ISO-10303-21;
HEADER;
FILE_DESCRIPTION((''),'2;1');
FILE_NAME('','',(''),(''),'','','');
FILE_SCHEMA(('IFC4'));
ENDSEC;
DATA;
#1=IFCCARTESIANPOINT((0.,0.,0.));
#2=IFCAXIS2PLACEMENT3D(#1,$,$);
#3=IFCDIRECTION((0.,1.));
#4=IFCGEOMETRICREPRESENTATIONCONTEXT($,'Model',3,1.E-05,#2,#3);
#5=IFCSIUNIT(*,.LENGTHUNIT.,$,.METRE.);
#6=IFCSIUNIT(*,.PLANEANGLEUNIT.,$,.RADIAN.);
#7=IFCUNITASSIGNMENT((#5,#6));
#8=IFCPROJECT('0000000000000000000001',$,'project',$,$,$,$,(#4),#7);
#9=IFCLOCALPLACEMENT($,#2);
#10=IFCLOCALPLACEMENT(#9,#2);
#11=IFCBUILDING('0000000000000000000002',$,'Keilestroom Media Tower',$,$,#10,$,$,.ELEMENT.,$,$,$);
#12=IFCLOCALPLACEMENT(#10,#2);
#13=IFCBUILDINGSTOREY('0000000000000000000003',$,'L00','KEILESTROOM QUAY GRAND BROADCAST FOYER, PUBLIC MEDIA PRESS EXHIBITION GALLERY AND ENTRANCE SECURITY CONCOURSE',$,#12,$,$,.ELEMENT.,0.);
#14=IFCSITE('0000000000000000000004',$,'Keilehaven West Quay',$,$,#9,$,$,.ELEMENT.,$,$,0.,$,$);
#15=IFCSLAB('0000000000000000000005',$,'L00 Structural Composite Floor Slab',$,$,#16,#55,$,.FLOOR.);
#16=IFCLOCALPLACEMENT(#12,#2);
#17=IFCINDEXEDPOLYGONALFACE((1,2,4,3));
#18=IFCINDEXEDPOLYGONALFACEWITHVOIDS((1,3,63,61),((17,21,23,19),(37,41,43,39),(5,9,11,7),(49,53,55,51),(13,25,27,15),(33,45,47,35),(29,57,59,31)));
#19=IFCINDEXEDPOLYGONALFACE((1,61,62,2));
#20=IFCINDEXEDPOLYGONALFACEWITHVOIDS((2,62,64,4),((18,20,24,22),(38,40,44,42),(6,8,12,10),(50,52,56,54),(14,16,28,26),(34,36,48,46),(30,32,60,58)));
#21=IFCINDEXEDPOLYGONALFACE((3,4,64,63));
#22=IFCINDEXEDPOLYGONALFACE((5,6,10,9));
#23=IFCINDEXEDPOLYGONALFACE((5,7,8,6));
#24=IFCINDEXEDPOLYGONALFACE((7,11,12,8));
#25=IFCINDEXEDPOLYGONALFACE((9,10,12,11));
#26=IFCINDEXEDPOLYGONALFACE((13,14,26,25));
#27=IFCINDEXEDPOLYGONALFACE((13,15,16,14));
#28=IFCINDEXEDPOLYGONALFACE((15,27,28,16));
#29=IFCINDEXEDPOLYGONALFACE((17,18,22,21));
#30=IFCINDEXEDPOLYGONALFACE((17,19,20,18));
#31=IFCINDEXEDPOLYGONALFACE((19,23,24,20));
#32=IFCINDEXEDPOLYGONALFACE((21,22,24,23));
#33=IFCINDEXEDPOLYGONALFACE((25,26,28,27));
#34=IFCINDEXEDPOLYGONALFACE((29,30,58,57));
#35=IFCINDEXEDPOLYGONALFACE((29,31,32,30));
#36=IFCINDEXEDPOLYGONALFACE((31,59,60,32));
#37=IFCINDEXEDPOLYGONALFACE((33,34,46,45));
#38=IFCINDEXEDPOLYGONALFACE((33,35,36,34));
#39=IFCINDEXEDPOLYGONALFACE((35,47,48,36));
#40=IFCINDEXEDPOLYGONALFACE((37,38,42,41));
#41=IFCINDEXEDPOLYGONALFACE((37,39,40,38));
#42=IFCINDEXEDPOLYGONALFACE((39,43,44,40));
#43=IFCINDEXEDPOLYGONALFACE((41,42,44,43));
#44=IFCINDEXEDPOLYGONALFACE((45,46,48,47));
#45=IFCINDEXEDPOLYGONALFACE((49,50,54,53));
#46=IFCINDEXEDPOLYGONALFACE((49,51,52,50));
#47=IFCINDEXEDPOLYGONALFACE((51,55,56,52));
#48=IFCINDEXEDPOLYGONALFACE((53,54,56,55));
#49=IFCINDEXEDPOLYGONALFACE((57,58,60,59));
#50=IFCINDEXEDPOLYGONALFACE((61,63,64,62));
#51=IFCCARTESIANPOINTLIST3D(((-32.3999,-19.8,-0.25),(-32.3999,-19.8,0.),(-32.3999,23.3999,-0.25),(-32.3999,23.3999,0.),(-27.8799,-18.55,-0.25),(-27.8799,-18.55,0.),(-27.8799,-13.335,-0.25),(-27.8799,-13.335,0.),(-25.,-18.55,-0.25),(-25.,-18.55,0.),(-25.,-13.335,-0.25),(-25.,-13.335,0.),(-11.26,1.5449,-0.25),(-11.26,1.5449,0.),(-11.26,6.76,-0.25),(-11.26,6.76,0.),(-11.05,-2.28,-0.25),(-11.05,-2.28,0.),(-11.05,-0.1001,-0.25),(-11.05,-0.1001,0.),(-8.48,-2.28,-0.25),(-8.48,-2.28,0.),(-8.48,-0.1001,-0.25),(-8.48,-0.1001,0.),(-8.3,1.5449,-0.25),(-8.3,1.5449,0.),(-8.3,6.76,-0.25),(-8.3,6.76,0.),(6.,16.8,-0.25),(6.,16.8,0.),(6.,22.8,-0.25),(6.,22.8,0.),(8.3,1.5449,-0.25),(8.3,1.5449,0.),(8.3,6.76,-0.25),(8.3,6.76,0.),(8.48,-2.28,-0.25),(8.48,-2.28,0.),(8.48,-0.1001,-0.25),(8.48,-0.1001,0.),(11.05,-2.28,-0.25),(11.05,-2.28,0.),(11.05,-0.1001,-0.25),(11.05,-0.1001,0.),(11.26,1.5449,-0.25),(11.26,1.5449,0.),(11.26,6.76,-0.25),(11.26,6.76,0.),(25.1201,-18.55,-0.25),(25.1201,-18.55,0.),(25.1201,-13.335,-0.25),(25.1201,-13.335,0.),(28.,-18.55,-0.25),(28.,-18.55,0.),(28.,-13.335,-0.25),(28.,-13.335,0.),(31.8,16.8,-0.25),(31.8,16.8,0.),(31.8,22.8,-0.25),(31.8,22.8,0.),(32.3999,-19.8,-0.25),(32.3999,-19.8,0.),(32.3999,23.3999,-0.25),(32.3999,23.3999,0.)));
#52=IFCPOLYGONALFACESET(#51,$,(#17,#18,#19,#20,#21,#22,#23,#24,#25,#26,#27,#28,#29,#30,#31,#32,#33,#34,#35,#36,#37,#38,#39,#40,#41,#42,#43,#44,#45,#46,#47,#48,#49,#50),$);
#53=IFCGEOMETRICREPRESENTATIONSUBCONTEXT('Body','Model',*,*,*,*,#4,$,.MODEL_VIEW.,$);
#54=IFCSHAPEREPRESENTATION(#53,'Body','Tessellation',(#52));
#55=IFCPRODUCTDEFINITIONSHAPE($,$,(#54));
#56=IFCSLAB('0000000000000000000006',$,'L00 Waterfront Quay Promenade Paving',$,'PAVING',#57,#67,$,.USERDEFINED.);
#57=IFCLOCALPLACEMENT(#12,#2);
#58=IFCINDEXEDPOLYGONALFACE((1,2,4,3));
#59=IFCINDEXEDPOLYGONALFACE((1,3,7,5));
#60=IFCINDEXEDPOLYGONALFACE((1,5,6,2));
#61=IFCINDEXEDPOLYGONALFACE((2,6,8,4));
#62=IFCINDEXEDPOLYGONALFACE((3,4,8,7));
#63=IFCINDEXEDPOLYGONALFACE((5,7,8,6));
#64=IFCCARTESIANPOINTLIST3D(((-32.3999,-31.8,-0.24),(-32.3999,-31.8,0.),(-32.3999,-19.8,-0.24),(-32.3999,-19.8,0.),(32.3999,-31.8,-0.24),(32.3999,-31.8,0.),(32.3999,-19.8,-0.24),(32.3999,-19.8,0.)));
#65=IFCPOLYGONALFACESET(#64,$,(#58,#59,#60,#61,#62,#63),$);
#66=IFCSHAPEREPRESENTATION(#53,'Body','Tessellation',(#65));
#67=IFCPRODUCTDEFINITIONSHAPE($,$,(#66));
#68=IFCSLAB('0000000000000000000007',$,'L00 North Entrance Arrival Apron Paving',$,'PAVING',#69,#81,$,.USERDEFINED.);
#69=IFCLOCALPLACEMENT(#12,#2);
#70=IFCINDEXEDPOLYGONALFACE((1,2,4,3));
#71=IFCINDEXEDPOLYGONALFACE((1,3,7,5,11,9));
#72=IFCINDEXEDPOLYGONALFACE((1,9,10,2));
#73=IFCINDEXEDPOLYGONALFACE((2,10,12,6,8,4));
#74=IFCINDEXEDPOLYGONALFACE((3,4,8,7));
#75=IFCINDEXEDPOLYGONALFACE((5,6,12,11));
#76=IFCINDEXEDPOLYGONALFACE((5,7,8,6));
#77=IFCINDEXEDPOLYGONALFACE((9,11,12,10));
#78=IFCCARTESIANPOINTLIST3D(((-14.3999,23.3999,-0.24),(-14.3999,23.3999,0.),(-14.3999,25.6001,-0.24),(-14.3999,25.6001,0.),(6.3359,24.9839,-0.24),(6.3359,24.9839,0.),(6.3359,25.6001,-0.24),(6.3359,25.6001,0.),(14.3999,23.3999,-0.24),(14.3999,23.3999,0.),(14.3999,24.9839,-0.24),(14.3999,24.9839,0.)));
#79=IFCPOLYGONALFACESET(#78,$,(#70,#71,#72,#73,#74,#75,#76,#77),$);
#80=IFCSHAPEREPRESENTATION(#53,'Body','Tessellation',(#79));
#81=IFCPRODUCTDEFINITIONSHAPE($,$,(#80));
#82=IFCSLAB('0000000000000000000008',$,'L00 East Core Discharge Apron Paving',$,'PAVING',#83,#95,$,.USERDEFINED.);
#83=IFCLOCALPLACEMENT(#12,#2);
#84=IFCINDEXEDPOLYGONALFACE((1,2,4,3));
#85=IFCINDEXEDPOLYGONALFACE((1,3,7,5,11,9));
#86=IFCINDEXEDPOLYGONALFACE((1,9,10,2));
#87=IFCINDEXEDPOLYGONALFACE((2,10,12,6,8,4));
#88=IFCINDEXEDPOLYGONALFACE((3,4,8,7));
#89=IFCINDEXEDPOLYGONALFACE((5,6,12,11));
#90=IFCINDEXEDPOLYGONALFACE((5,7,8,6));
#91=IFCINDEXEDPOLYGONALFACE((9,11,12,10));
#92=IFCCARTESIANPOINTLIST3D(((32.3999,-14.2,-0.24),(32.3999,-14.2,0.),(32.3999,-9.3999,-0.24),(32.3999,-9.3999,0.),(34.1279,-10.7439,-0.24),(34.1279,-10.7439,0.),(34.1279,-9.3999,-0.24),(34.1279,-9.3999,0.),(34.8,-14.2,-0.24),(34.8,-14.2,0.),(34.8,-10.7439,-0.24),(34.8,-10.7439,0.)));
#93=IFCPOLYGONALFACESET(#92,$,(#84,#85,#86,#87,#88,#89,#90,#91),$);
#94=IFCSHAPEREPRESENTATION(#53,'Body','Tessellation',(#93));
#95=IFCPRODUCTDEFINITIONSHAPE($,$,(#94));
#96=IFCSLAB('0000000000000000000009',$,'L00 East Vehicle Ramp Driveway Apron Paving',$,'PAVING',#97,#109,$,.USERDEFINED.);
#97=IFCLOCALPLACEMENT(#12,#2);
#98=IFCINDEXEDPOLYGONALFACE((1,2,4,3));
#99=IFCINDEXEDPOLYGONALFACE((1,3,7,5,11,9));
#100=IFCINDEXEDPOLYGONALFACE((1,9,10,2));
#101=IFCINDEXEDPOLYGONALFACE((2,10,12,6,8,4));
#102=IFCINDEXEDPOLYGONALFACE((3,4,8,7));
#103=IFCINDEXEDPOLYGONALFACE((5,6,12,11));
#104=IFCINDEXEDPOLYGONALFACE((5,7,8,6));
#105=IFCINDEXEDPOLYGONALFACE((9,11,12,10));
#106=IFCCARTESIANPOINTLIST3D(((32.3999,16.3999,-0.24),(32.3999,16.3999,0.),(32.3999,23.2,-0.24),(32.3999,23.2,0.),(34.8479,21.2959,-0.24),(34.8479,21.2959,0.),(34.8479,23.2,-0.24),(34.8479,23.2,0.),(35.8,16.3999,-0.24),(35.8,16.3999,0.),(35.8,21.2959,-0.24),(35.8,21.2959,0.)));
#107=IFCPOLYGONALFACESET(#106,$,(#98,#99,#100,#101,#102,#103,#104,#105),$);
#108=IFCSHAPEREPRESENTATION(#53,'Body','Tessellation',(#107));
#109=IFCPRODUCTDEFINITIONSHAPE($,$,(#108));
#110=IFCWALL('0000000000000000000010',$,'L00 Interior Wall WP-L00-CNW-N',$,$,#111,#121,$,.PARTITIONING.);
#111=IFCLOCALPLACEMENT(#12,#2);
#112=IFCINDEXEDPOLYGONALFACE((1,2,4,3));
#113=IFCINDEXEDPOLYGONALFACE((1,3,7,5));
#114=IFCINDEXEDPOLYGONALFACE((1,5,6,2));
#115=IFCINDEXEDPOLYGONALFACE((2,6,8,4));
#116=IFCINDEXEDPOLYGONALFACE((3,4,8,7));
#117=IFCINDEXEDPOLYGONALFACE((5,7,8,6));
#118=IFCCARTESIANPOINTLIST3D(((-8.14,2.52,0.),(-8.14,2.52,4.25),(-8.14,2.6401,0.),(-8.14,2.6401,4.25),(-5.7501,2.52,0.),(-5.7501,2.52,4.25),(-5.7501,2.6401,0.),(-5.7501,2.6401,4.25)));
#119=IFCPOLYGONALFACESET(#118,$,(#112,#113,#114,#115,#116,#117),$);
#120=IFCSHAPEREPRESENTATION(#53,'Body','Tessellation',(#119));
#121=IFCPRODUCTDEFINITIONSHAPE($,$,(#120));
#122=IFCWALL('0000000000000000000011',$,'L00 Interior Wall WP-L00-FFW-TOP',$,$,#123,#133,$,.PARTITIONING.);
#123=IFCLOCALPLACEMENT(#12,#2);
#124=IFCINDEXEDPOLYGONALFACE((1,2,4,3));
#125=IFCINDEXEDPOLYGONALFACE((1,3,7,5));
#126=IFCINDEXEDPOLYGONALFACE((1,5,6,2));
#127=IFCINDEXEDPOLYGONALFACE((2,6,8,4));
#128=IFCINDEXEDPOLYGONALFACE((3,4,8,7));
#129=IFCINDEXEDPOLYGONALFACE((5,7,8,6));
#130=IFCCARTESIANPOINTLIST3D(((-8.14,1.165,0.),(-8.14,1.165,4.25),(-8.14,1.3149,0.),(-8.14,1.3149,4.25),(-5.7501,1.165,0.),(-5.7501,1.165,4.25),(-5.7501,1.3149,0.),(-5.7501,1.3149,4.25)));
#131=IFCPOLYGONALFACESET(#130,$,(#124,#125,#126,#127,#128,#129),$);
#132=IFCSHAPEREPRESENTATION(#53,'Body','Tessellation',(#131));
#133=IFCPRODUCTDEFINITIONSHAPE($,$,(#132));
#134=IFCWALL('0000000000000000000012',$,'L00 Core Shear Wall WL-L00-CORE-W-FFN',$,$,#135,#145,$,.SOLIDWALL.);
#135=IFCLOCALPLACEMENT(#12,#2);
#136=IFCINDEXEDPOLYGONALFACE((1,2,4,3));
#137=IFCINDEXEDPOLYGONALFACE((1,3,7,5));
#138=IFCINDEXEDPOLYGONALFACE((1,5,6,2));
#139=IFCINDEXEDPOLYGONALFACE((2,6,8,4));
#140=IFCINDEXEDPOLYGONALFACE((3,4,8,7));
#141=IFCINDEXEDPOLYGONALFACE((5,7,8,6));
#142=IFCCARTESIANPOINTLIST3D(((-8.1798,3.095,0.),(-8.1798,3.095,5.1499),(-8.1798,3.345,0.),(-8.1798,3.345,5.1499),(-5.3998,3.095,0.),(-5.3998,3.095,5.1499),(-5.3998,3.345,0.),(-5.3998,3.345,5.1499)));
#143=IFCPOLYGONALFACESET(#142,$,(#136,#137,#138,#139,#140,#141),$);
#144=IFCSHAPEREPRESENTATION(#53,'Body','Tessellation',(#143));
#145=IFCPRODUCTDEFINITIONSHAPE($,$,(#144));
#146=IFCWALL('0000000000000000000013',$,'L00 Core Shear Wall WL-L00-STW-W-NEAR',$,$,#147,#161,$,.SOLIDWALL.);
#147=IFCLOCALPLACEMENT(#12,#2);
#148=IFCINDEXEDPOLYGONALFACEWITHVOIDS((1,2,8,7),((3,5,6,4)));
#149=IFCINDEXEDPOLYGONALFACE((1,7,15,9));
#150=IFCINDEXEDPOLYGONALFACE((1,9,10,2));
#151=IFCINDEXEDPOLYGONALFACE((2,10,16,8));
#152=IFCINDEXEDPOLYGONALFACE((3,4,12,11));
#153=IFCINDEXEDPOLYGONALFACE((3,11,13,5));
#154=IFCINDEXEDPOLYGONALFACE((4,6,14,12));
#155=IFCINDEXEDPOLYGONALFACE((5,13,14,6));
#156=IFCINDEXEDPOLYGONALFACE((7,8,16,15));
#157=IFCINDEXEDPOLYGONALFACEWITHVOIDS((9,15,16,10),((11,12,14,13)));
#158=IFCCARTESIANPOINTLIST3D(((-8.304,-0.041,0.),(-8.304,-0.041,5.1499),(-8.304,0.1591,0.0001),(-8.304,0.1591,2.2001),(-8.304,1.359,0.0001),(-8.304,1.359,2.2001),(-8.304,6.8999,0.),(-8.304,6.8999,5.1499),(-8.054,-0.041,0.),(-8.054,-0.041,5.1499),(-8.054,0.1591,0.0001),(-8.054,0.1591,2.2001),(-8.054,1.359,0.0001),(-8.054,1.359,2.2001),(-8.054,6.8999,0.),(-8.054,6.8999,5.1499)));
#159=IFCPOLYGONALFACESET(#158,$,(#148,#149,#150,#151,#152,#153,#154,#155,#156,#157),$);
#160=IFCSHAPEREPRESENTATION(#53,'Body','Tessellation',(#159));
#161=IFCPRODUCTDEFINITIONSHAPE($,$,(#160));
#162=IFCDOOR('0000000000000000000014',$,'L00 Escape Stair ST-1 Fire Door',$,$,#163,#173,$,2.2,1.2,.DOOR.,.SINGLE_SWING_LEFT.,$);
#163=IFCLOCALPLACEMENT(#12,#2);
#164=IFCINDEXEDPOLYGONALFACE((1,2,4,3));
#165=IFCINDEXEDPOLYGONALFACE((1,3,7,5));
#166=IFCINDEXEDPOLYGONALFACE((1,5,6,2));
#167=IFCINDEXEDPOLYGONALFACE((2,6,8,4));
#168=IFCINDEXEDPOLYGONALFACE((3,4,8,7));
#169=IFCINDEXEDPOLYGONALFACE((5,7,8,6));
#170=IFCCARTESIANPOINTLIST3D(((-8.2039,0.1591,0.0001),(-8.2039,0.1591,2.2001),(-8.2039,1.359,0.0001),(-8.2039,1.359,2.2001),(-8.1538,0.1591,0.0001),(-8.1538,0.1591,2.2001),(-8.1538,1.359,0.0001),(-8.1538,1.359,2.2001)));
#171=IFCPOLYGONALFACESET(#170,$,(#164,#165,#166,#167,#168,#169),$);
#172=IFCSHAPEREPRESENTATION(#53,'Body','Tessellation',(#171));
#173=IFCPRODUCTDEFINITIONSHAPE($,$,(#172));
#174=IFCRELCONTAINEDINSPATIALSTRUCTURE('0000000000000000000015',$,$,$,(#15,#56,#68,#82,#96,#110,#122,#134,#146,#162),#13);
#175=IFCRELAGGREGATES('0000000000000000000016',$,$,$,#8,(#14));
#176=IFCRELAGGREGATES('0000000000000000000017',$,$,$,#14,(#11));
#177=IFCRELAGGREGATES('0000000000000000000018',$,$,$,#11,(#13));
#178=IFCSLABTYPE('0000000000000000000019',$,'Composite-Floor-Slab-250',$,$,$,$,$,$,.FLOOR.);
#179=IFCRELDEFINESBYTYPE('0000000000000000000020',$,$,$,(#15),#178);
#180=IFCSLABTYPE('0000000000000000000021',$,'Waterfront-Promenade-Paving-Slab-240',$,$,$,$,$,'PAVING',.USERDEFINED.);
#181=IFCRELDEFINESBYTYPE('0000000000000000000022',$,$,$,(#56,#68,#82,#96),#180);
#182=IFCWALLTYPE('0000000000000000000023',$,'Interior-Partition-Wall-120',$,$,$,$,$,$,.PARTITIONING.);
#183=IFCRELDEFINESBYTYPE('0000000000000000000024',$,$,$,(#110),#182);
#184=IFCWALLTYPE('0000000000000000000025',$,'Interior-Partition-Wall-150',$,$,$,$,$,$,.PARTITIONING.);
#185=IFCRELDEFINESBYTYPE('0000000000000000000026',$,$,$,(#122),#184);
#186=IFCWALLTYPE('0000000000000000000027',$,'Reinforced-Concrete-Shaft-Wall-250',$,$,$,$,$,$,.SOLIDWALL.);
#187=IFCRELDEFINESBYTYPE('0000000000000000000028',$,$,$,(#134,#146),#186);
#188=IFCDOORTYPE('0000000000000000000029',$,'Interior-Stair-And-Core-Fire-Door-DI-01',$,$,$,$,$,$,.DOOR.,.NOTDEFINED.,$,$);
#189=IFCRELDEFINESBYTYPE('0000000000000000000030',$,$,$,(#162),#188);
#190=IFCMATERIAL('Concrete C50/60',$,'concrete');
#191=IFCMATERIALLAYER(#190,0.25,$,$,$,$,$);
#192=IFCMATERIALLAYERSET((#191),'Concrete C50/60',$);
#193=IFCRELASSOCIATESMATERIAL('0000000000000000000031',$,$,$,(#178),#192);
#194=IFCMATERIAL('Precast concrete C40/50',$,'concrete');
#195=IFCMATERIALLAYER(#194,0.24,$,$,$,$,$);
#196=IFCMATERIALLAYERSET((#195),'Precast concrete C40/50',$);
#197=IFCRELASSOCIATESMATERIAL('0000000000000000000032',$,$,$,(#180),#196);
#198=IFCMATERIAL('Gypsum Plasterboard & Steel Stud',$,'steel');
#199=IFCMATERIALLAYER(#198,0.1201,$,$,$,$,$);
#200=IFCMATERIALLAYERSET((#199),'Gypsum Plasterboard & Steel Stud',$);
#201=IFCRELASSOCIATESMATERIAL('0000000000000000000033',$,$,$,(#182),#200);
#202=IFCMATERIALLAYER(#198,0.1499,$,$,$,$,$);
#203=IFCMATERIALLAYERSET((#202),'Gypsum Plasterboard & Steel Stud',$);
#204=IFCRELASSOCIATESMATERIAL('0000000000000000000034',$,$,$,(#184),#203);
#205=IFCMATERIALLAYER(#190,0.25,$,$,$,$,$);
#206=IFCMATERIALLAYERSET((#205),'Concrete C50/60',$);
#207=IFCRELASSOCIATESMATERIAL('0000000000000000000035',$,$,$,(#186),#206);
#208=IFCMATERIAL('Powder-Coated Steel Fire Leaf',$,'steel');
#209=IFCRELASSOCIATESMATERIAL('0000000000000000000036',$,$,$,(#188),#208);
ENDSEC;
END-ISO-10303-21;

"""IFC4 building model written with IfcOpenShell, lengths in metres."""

from ifc_helpers import new_model, si_unit, direction, frame, frame_2d, origin, place, context, subcontext, project, spatial, polyline, rectangle, outline, extrude, source, transform, mapped, material, layer, layer_set, type_object, element, fill, save


model = new_model("IFC4")

# Units and contexts
model_context = context("Model", 3, precision=1e-05, world=origin(), true_north=direction((0.0, 1.0)))
body_context = subcontext(model_context, "Body", "Model", "MODEL_VIEW")
ifc_project = project(units=[si_unit("LENGTHUNIT", "METRE"), si_unit("PLANEANGLEUNIT", "RADIAN")], contexts=[model_context])

# Site, building, storey
site_placement = place(None, origin())
site = spatial("IfcSite", under=ifc_project, at=site_placement, Name="Keilehaven West Quay", CompositionType="ELEMENT", RefElevation=0.0)
building_placement = place(site_placement, origin())
building = spatial("IfcBuilding", under=site, at=building_placement, Name="Keilestroom Media Tower", CompositionType="ELEMENT")
storey_placement = place(building_placement, origin())
storey = spatial("IfcBuildingStorey", under=building, at=storey_placement, Name="L00", Description="KEILESTROOM QUAY GRAND BROADCAST FOYER, PUBLIC MEDIA PRESS EXHIBITION GALLERY AND ENTRANCE SECURITY CONCOURSE", CompositionType="ELEMENT", Elevation=0.0)

# Slabs
ifc_material_1 = material(Name="Concrete C50/60", Category="concrete")
ifc_layer_1 = layer(ifc_material_1, 0.25)
ifc_layer_set_1 = layer_set([ifc_layer_1], Name="Concrete C50/60")
slab_type_1 = type_object("IfcSlabType", Name="Composite-Floor-Slab-250", PredefinedType="FLOOR", material=ifc_layer_set_1)
slab_1_placement = place(storey_placement, frame((0.0, 0.0, -0.25)))
element("IfcSlab", 1, at=slab_1_placement, inside=storey, type_object=slab_type_1, Name="L00 Structural Composite Floor Slab", PredefinedType="FLOOR", context=body_context, shape_type="SweptSolid", body=[
    extrude(outline(polyline([(-32.3999, -19.8), (32.3999, -19.8), (32.3999, 23.3999), (-32.3999, 23.3999), (-32.3999, -19.8)]), holes=[polyline([(-25.0, -13.335), (-25.0, -18.55), (-27.8799, -18.55), (-27.8799, -13.335), (-25.0, -13.335)]), polyline([(-8.3, 1.5449), (-11.26, 1.5449), (-11.26, 6.76), (-8.3, 6.76), (-8.3, 1.5449)]), polyline([(-8.48, -2.28), (-11.05, -2.28), (-11.05, -0.1001), (-8.48, -0.1001), (-8.48, -2.28)]), polyline([(31.8, 16.8), (6.0, 16.8), (6.0, 22.8), (31.8, 22.8), (31.8, 16.8)]), polyline([(11.26, 1.5449), (8.3, 1.5449), (8.3, 6.76), (11.26, 6.76), (11.26, 1.5449)]), polyline([(11.05, -2.28), (8.48, -2.28), (8.48, -0.1001), (11.05, -0.1001), (11.05, -2.28)]), polyline([(28.0, -18.55), (25.1201, -18.55), (25.1201, -13.335), (28.0, -13.335), (28.0, -18.55)])]), origin(), (0.0, 0.0, 1.0), 0.25),
])
ifc_material_2 = material(Name="Precast concrete C40/50", Category="concrete")
ifc_layer_2 = layer(ifc_material_2, 0.24)
ifc_layer_set_2 = layer_set([ifc_layer_2], Name="Precast concrete C40/50")
slab_type_2 = type_object("IfcSlabType", Name="Waterfront-Promenade-Paving-Slab-240", ElementType="PAVING", PredefinedType="USERDEFINED", material=ifc_layer_set_2)
slab_2_placement = place(storey_placement, frame((0.0, 0.0, -0.24)))
element("IfcSlab", 2, at=slab_2_placement, inside=storey, type_object=slab_type_2, Name="L00 Waterfront Quay Promenade Paving", ObjectType="PAVING", PredefinedType="USERDEFINED", context=body_context, shape_type="SweptSolid", body=[
    extrude(outline(polyline([(-32.3999, -31.8), (32.3999, -31.8), (32.3999, -19.8), (-32.3999, -19.8), (-32.3999, -31.8)])), origin(), (0.0, 0.0, 1.0), 0.24),
])
slab_3_placement = place(storey_placement, frame((0.0, 0.0, -0.24)))
element("IfcSlab", 3, at=slab_3_placement, inside=storey, type_object=slab_type_2, Name="L00 North Entrance Arrival Apron Paving", ObjectType="PAVING", PredefinedType="USERDEFINED", context=body_context, shape_type="SweptSolid", body=[
    extrude(outline(polyline([(-14.3999, 23.3999), (14.3999, 23.3999), (14.3999, 24.9839), (6.3359, 24.9839), (6.3359, 25.6001), (-14.3999, 25.6001), (-14.3999, 23.3999)])), origin(), (0.0, 0.0, 1.0), 0.24),
])
slab_4_placement = place(storey_placement, frame((0.0, 0.0, -0.24)))
element("IfcSlab", 4, at=slab_4_placement, inside=storey, type_object=slab_type_2, Name="L00 East Core Discharge Apron Paving", ObjectType="PAVING", PredefinedType="USERDEFINED", context=body_context, shape_type="SweptSolid", body=[
    extrude(outline(polyline([(32.3999, -14.2), (34.8, -14.2), (34.8, -10.7439), (34.1279, -10.7439), (34.1279, -9.3999), (32.3999, -9.3999), (32.3999, -14.2)])), origin(), (0.0, 0.0, 1.0), 0.24),
])
slab_5_placement = place(storey_placement, frame((0.0, 0.0, -0.24)))
element("IfcSlab", 5, at=slab_5_placement, inside=storey, type_object=slab_type_2, Name="L00 East Vehicle Ramp Driveway Apron Paving", ObjectType="PAVING", PredefinedType="USERDEFINED", context=body_context, shape_type="SweptSolid", body=[
    extrude(outline(polyline([(32.3999, 16.3999), (35.8, 16.3999), (35.8, 21.2959), (34.8479, 21.2959), (34.8479, 23.2), (32.3999, 23.2), (32.3999, 16.3999)])), origin(), (0.0, 0.0, 1.0), 0.24),
])

# Walls
ifc_material_3 = material(Name="Gypsum Plasterboard & Steel Stud", Category="steel")
ifc_layer_3 = layer(ifc_material_3, 0.1201)
ifc_layer_set_3 = layer_set([ifc_layer_3], Name="Gypsum Plasterboard & Steel Stud")
wall_type_1 = type_object("IfcWallType", Name="Interior-Partition-Wall-120", PredefinedType="PARTITIONING", material=ifc_layer_set_3)
wall_1_placement = place(storey_placement, frame((-8.1399, 2.5801, 0.0), z_axis=(0.0, 0.0, 1.0), x_axis=(1.0, 0.0, 0.0)))
element("IfcWall", 6, at=wall_1_placement, inside=storey, type_object=wall_type_1, Name="L00 Interior Wall WP-L00-CNW-N", PredefinedType="PARTITIONING", context=body_context, shape_type="SweptSolid", body=[
    extrude(rectangle(XDim=2.3899, YDim=0.1201, at=frame_2d((1.1948, 0.0))), origin(), (0.0, 0.0, 1.0), 4.25),
])
ifc_layer_4 = layer(ifc_material_3, 0.1499)
ifc_layer_set_4 = layer_set([ifc_layer_4], Name="Gypsum Plasterboard & Steel Stud")
wall_type_2 = type_object("IfcWallType", Name="Interior-Partition-Wall-150", PredefinedType="PARTITIONING", material=ifc_layer_set_4)
wall_2_placement = place(storey_placement, frame((-8.1399, 1.24, 0.0), z_axis=(0.0, 0.0, 1.0), x_axis=(1.0, 0.0, 0.0)))
element("IfcWall", 7, at=wall_2_placement, inside=storey, type_object=wall_type_2, Name="L00 Interior Wall WP-L00-FFW-TOP", PredefinedType="PARTITIONING", context=body_context, shape_type="SweptSolid", body=[
    extrude(rectangle(XDim=2.3899, YDim=0.1499, at=frame_2d((1.1948, 0.0))), origin(), (0.0, 0.0, 1.0), 4.25),
])
ifc_layer_5 = layer(ifc_material_1, 0.25)
ifc_layer_set_5 = layer_set([ifc_layer_5], Name="Concrete C50/60")
wall_type_3 = type_object("IfcWallType", Name="Reinforced-Concrete-Shaft-Wall-250", PredefinedType="SOLIDWALL", material=ifc_layer_set_5)
wall_3_placement = place(storey_placement, frame((-8.1799, 3.22, 0.0), z_axis=(0.0, 0.0, 1.0), x_axis=(1.0, 0.0, 0.0)))
element("IfcWall", 8, at=wall_3_placement, inside=storey, type_object=wall_type_3, Name="L00 Core Shear Wall WL-L00-CORE-W-FFN", PredefinedType="SOLIDWALL", context=body_context, shape_type="SweptSolid", body=[
    extrude(rectangle(XDim=2.78, YDim=0.25, at=frame_2d((1.3901, 0.0))), origin(), (0.0, 0.0, 1.0), 5.1499),
])

# Wall, opening, door
wall_4_placement = place(storey_placement, frame((-8.179, -0.041, 0.0), z_axis=(0.0, 0.0, 1.0), x_axis=(0.0, 1.0, 0.0)))
wall_4 = element("IfcWall", 9, at=wall_4_placement, inside=storey, type_object=wall_type_3, Name="L00 Core Shear Wall WL-L00-STW-W-NEAR", PredefinedType="SOLIDWALL", context=body_context, shape_type="SweptSolid", body=[
    extrude(rectangle(XDim=6.9409, YDim=0.25, at=frame_2d((3.4705, 0.0))), origin(), (0.0, 0.0, 1.0), 5.1499),
])
opening_1_placement = place(wall_4_placement, frame((0.2, 0.0, 0.0)))
opening_1 = element("IfcOpeningElement", 10, at=opening_1_placement, cuts=wall_4, PredefinedType="OPENING", context=body_context, shape_type="SweptSolid", body=[
    extrude(rectangle(XDim=1.2, YDim=2.2, at=frame_2d((0.6001, 1.1001))), frame((0.0, 0.135, 0.0), z_axis=(0.0, -1.0, 0.0), x_axis=(1.0, 0.0, 0.0)), (0.0, 0.0, 1.0), 0.27),
])
ifc_material_4 = material(Name="Powder-Coated Steel Fire Leaf", Category="steel")
door_type_1 = type_object("IfcDoorType", Name="Interior-Stair-And-Core-Fire-Door-DI-01", OperationType="NOTDEFINED", PredefinedType="DOOR", material=ifc_material_4)
shared_shape_1 = source(origin(), body_context, "Body", "SweptSolid", [
    extrude(rectangle(XDim=1.2, YDim=2.2, at=frame_2d((0.6001, 1.1001))), frame((0.0, 0.0249, 0.0), z_axis=(0.0, -1.0, 0.0), x_axis=(1.0, 0.0, 0.0)), (0.0, 0.0, 1.0), 0.05),
])
door_1_placement = place(opening_1_placement, origin())
door_1 = element("IfcDoor", 11, at=door_1_placement, inside=storey, type_object=door_type_1, Name="L00 Escape Stair ST-1 Fire Door", OperationType="SINGLE_SWING_LEFT", OverallHeight=2.2, OverallWidth=1.2, PredefinedType="DOOR", context=body_context, shape_type="MappedRepresentation", body=[
    mapped(shared_shape_1, transform((0.0, 0.0, 0.0), x_axis=(1.0, 0.0, 0.0), y_axis=(0.0, 1.0, 0.0), z_axis=(0.0, 0.0, 1.0), scale=1.0)),
])
fill(opening_1, door_1)

save(model, "model.ifc")
